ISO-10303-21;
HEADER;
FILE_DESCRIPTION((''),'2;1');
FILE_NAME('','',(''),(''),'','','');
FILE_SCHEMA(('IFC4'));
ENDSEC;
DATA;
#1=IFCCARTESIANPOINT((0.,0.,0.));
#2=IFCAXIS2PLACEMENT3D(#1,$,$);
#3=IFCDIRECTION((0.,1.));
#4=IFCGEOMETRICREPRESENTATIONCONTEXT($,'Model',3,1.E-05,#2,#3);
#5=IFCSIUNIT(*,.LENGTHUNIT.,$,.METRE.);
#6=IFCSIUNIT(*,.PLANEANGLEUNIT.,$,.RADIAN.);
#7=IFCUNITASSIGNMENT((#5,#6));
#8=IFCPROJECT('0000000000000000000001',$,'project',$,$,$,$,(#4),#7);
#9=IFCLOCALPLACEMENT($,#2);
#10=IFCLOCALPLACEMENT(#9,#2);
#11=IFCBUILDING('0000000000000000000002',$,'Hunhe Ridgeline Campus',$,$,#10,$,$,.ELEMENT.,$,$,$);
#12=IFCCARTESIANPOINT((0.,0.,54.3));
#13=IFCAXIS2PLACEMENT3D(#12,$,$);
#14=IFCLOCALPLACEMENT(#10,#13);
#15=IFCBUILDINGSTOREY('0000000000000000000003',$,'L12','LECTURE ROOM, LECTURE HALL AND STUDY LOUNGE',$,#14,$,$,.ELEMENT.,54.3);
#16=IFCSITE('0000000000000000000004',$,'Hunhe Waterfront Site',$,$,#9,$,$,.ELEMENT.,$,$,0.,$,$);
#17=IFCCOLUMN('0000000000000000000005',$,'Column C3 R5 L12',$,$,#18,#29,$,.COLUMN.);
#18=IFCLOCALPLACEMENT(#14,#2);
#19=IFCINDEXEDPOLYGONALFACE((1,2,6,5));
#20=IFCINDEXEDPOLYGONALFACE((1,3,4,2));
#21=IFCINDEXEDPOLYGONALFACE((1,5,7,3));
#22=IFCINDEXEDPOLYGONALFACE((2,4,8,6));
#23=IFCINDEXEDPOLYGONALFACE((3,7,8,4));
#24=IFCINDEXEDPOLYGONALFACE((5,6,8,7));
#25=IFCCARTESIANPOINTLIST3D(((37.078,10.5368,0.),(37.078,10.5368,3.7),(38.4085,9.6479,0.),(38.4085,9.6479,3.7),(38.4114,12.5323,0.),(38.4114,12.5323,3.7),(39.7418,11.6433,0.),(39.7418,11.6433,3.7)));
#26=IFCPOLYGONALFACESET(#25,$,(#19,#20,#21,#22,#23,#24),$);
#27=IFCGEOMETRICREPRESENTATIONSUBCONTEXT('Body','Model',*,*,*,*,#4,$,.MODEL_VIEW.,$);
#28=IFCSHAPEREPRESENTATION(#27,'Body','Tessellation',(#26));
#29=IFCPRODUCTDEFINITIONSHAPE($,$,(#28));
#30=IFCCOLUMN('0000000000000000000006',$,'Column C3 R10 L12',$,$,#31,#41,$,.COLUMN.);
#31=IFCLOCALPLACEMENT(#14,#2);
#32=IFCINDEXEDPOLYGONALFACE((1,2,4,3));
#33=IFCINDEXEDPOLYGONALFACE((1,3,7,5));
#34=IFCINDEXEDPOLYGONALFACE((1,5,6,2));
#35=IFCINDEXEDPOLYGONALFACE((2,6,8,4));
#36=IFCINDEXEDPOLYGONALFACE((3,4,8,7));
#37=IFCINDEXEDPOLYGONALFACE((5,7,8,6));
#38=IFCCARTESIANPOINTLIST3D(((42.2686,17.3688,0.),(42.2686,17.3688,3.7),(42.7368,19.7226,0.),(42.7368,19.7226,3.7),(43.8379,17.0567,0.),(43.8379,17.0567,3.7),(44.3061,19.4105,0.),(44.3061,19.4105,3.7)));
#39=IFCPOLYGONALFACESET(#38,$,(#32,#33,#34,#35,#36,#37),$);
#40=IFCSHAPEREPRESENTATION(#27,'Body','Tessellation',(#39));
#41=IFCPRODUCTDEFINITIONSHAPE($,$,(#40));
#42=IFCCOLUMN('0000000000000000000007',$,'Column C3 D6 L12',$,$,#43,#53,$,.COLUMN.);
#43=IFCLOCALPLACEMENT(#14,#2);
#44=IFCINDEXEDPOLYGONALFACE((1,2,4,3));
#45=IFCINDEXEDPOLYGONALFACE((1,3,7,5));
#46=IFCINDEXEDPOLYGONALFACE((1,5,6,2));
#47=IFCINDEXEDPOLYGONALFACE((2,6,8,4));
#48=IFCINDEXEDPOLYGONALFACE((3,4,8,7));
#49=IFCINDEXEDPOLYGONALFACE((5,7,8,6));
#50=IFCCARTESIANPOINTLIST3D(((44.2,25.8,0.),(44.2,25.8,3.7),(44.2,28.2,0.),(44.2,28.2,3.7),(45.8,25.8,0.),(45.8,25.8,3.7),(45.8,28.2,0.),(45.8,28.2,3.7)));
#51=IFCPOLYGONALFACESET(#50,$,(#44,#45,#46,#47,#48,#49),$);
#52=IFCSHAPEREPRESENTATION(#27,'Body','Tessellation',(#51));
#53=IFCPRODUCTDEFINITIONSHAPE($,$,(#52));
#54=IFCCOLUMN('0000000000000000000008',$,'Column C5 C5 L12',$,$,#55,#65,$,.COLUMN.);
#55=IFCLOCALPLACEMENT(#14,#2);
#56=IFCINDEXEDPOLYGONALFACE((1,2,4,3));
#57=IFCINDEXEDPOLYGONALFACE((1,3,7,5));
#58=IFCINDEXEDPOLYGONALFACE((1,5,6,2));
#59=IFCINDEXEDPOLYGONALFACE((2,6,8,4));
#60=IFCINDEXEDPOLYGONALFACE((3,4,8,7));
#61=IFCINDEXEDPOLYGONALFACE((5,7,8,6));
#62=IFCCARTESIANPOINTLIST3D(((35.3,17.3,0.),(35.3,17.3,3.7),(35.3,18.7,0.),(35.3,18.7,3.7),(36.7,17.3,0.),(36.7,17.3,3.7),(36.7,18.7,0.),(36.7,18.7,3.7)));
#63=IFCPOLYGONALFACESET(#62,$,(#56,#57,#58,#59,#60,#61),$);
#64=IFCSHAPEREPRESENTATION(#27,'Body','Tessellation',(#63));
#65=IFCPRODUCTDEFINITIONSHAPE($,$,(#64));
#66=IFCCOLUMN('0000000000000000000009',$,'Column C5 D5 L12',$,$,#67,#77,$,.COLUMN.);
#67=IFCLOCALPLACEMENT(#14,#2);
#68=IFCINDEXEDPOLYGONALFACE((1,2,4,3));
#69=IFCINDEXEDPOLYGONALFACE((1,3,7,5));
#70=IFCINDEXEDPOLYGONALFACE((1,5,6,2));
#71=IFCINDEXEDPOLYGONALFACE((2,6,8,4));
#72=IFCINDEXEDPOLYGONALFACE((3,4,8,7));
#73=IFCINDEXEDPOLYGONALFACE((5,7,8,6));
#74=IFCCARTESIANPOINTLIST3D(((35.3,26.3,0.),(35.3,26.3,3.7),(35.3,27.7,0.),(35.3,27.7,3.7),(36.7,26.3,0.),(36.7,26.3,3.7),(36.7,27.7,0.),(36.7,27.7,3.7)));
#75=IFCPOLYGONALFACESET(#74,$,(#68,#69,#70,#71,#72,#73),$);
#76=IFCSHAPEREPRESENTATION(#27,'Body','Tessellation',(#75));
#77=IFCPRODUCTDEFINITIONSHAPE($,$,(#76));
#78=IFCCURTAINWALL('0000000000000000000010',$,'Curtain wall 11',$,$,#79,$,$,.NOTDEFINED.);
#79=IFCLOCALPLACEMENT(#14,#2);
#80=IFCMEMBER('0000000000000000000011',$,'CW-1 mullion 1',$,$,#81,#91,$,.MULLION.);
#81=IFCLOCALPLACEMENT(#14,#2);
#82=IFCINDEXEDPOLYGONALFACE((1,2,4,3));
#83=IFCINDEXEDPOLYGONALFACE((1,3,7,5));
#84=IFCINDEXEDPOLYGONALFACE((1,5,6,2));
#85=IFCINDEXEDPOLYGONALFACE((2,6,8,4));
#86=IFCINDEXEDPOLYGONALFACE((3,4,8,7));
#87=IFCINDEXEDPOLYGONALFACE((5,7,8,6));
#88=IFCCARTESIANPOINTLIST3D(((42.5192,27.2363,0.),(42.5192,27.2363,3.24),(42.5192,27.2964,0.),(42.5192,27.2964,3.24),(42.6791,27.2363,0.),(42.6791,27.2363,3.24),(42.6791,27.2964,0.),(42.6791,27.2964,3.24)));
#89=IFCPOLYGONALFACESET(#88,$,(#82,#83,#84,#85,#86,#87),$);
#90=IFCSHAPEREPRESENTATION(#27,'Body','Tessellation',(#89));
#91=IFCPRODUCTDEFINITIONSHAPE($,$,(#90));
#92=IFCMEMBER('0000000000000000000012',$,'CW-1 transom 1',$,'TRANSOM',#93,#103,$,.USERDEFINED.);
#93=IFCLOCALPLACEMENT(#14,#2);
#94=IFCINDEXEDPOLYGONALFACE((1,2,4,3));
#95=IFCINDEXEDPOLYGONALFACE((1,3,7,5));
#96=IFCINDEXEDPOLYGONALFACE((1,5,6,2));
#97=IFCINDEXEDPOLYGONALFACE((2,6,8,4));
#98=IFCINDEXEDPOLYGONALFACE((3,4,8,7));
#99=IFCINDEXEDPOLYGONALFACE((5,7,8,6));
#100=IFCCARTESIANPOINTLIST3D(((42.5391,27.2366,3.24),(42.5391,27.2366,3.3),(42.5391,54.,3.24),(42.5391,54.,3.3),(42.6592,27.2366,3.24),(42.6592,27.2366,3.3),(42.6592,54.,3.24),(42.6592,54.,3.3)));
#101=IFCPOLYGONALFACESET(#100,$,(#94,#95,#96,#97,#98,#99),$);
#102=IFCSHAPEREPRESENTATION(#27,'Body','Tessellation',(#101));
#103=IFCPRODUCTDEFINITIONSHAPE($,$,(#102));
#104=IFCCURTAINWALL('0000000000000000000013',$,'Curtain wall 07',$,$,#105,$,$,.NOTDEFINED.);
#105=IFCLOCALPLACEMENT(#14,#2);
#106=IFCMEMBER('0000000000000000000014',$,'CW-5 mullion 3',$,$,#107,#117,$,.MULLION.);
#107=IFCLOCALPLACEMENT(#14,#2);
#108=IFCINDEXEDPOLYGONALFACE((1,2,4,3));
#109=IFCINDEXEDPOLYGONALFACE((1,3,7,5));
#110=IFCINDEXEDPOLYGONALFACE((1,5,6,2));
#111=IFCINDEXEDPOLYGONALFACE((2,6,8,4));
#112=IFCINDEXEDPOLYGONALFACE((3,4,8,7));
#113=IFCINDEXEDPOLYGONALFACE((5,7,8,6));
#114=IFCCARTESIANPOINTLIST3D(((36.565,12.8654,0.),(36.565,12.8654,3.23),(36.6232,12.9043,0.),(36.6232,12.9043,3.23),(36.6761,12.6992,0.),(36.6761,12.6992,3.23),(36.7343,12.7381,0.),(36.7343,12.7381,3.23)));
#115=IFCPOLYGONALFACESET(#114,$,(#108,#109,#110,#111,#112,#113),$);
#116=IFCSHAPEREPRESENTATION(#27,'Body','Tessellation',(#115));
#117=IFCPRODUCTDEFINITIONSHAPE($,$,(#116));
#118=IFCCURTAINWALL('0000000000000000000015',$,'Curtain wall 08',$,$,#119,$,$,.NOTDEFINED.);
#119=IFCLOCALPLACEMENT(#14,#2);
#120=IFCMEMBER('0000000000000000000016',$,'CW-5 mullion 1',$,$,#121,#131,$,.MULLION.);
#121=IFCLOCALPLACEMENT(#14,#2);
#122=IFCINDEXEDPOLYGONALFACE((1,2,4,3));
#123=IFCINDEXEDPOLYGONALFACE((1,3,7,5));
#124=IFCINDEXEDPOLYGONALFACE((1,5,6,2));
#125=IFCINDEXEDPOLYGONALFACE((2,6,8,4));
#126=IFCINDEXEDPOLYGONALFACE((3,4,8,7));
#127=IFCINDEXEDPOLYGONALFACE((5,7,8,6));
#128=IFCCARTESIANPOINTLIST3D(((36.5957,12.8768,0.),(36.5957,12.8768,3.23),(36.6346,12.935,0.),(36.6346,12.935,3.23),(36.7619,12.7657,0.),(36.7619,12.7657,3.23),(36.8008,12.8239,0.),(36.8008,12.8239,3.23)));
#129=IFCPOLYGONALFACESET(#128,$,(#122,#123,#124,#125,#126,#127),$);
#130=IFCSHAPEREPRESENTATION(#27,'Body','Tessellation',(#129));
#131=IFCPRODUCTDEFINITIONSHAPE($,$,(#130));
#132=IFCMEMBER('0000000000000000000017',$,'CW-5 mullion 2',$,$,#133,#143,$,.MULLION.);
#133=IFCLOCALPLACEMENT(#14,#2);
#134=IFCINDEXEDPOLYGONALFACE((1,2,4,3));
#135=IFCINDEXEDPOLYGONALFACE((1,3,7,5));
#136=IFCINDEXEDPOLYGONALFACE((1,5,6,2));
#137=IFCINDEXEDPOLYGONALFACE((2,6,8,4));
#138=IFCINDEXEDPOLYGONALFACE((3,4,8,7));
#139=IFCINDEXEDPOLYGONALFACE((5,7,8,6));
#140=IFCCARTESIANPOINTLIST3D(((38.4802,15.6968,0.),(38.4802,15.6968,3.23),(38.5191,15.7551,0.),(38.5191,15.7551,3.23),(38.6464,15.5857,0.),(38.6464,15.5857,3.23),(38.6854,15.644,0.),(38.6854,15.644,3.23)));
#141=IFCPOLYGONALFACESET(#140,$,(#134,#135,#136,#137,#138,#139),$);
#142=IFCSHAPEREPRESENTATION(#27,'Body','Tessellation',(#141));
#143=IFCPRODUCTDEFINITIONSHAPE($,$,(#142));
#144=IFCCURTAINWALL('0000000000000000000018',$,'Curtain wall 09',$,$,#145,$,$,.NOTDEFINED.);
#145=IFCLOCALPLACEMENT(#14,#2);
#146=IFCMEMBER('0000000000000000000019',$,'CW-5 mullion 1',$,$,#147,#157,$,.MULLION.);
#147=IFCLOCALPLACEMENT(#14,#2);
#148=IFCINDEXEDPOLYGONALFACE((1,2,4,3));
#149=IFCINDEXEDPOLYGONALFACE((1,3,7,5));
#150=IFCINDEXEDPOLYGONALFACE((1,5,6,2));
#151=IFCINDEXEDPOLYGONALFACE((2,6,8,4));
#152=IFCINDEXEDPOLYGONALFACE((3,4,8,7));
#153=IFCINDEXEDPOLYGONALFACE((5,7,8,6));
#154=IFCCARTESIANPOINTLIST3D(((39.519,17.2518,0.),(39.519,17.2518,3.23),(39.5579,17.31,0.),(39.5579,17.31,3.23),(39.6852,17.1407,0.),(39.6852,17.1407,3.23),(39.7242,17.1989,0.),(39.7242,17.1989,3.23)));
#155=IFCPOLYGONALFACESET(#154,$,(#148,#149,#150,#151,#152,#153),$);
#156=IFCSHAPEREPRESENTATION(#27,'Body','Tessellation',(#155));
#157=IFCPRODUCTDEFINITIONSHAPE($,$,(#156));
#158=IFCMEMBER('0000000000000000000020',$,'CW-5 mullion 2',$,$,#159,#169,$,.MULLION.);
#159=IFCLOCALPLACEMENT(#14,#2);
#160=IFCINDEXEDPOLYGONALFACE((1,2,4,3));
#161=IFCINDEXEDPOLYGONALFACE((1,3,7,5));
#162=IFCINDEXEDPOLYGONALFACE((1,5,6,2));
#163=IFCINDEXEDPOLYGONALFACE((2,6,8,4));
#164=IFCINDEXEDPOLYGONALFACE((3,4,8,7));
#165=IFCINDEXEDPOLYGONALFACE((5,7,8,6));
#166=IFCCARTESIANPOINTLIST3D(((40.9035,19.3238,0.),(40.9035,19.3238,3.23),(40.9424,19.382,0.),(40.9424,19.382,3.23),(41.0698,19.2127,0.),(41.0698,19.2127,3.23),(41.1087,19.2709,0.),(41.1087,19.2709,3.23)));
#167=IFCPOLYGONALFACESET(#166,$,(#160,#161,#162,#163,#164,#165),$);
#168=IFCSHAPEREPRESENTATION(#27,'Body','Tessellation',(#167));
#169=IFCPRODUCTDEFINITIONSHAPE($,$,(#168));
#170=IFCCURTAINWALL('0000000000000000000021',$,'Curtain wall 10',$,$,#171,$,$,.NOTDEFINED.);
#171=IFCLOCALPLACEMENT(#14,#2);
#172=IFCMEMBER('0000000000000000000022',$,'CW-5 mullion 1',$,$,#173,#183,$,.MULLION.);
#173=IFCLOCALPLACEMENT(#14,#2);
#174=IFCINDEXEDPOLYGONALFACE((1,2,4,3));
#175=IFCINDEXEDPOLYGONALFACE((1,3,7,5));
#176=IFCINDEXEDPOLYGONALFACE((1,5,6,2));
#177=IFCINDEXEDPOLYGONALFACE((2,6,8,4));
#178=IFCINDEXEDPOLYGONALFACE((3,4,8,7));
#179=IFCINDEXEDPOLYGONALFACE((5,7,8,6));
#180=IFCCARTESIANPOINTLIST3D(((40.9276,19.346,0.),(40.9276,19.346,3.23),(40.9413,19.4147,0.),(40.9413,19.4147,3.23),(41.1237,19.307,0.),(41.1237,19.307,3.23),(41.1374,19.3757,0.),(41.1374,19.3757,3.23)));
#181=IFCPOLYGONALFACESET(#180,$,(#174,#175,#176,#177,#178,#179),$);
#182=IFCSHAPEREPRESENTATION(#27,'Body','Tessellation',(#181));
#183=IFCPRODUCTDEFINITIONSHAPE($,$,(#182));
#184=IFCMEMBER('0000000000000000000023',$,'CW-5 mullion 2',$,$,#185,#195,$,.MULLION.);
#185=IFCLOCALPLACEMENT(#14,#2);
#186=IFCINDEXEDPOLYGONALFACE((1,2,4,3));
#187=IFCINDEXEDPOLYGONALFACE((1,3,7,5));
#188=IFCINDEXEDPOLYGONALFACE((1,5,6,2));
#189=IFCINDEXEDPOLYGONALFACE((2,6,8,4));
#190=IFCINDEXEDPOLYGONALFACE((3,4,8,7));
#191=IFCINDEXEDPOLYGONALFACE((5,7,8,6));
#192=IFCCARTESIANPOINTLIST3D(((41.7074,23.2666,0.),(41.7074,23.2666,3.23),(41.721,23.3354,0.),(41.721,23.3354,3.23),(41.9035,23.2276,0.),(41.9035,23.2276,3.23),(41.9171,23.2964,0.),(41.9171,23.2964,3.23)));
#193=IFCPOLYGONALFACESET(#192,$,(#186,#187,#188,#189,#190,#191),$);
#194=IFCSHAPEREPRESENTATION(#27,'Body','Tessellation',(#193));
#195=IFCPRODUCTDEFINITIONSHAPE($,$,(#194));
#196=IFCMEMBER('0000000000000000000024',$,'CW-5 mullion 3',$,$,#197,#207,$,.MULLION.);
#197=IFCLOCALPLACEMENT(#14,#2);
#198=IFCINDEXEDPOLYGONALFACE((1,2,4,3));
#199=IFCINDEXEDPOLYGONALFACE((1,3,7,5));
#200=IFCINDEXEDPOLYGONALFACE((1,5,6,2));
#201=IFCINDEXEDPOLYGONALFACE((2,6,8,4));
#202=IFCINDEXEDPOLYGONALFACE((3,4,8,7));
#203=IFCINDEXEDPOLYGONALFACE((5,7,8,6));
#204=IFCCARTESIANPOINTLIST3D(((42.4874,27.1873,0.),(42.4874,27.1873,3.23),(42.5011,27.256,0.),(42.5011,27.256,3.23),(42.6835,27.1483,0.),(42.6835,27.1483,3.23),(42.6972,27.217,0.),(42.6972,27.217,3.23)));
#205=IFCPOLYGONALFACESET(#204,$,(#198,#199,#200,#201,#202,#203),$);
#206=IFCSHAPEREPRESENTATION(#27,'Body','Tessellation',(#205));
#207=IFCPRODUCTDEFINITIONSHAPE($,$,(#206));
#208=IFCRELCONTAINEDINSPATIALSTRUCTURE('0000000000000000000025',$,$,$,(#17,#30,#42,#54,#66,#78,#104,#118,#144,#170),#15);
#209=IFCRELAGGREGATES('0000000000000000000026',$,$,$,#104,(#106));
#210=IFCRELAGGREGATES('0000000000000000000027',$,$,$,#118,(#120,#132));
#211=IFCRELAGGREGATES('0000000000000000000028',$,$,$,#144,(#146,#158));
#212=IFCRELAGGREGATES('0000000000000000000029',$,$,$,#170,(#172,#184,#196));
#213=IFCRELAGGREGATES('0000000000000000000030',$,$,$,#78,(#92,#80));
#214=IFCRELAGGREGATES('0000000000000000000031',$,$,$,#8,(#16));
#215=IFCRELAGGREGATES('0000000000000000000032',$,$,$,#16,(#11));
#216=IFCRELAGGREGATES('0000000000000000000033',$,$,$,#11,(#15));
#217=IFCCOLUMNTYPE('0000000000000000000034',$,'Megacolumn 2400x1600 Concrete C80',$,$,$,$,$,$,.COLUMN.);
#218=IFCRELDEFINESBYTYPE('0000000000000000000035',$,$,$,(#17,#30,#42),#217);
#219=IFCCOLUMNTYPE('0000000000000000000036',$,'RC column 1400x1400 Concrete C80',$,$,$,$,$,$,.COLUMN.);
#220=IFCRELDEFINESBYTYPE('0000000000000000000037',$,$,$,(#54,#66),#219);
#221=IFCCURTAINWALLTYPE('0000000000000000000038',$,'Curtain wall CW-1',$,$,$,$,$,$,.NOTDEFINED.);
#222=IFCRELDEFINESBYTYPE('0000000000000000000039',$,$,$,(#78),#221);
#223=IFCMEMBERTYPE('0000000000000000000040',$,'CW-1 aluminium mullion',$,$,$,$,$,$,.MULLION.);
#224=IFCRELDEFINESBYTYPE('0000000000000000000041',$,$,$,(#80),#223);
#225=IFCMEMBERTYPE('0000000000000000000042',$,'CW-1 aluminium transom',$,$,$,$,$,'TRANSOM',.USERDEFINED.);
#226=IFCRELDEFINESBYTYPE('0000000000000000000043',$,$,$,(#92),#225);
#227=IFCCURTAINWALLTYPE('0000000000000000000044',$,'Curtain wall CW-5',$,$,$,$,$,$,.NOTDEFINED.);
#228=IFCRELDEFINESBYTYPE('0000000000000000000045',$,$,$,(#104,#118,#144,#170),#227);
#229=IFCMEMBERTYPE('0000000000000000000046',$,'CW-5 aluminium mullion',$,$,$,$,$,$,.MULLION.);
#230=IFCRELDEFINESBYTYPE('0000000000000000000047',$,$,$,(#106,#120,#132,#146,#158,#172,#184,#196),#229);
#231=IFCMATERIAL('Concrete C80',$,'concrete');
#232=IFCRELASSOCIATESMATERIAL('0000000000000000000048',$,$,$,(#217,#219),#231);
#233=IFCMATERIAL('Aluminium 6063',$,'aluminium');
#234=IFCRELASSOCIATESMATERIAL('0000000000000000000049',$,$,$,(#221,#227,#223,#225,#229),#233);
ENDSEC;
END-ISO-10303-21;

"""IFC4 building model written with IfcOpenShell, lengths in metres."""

from ifc_helpers import new_model, si_unit, direction, frame, origin, origin_2d, place, context, subcontext, project, spatial, rectangle, extrude, material, material_profile, profile_set, type_object, element, aggregate, save


model = new_model("IFC4")

# Units and contexts
model_context = context("Model", 3, precision=1e-05, world=origin(), true_north=direction((0.0, 1.0)))
body_context = subcontext(model_context, "Body", "Model", "MODEL_VIEW")
ifc_project = project(units=[si_unit("LENGTHUNIT", "METRE"), si_unit("PLANEANGLEUNIT", "RADIAN")], contexts=[model_context])

# Site, building, storey
site_placement = place(None, origin())
site = spatial("IfcSite", under=ifc_project, at=site_placement, Name="Hunhe Waterfront Site", CompositionType="ELEMENT", RefElevation=0.0)
building_placement = place(site_placement, origin())
building = spatial("IfcBuilding", under=site, at=building_placement, Name="Hunhe Ridgeline Campus", CompositionType="ELEMENT")
storey_placement = place(building_placement, frame((0.0, 0.0, 54.3)))
storey = spatial("IfcBuildingStorey", under=building, at=storey_placement, Name="L12", Description="LECTURE ROOM, LECTURE HALL AND STUDY LOUNGE", CompositionType="ELEMENT", Elevation=54.3)

# Columns
ifc_material_1 = material(Name="Concrete C80", Category="concrete")
ifc_material_profile_1 = material_profile(ifc_material_1, rectangle(XDim=2.3999, YDim=1.6001, at=origin_2d()))
ifc_profile_set_1 = profile_set([ifc_material_profile_1], Name="Concrete C80")
column_type_1 = type_object("IfcColumnType", Name="Megacolumn 2400x1600 Concrete C80", PredefinedType="COLUMN", material=ifc_profile_set_1)
for number, where, z_axis, x_axis, name in (
    (1, (38.4099, 11.0901, 0.0), (0.0, 0.0, 1.0), (0.55557, 0.83147, 0.0), "Column C3 R5 L12"),
    (2, (43.2874, 18.3896, 0.0), (0.0, 0.0, 1.0), (0.19509, 0.980785, 0.0), "Column C3 R10 L12"),
    (3, (45.0, 27.0, 0.0), (0.0, 0.0, 1.0), (0.0, 1.0, 0.0), "Column C3 D6 L12"),
):
    element("IfcColumn", number, at=place(storey_placement, frame(where, z_axis=z_axis, x_axis=x_axis)), inside=storey, type_object=column_type_1, Name=name, PredefinedType="COLUMN", context=body_context, shape_type="SweptSolid", body=[
        extrude(rectangle(XDim=2.3999, YDim=1.6001, at=origin_2d()), origin(), (0.0, 0.0, 1.0), 3.7),
    ])
ifc_material_profile_2 = material_profile(ifc_material_1, rectangle(XDim=1.3999, YDim=1.3999, at=origin_2d()))
ifc_profile_set_2 = profile_set([ifc_material_profile_2], Name="Concrete C80")
column_type_2 = type_object("IfcColumnType", Name="RC column 1400x1400 Concrete C80", PredefinedType="COLUMN", material=ifc_profile_set_2)
for number, where, z_axis, x_axis, name in (
    (4, (36.0, 18.0, 0.0), (0.0, 0.0, 1.0), (1.0, 0.0, 0.0), "Column C5 C5 L12"),
    (5, (36.0, 27.0, 0.0), (0.0, 0.0, 1.0), (1.0, 0.0, 0.0), "Column C5 D5 L12"),
):
    element("IfcColumn", number, at=place(storey_placement, frame(where, z_axis=z_axis, x_axis=x_axis)), inside=storey, type_object=column_type_2, Name=name, PredefinedType="COLUMN", context=body_context, shape_type="SweptSolid", body=[
        extrude(rectangle(XDim=1.3999, YDim=1.3999, at=origin_2d()), origin(), (0.0, 0.0, 1.0), 3.7),
    ])

# Curtain wall, members
ifc_material_2 = material(Name="Aluminium 6063", Category="aluminium")
curtain_wall_type_1 = type_object("IfcCurtainWallType", Name="Curtain wall CW-1", PredefinedType="NOTDEFINED", material=ifc_material_2)
curtain_wall_1_placement = place(storey_placement, origin())
curtain_wall_1 = element("IfcCurtainWall", 6, at=curtain_wall_1_placement, inside=storey, type_object=curtain_wall_type_1, Name="Curtain wall 11", PredefinedType="NOTDEFINED")
ifc_material_profile_3 = material_profile(ifc_material_2, rectangle(XDim=0.1599, YDim=0.0601, at=origin_2d()))
ifc_profile_set_3 = profile_set([ifc_material_profile_3], Name="Aluminium 6063")
member_type_1 = type_object("IfcMemberType", Name="CW-1 aluminium mullion", PredefinedType="MULLION", material=ifc_profile_set_3)
member_1_placement = place(storey_placement, frame((42.5991, 27.2664, 0.0), z_axis=(0.0, 0.0, 1.0), x_axis=(-1.0, 0.0, 0.0)))
member_1 = element("IfcMember", 7, at=member_1_placement, type_object=member_type_1, Name="CW-1 mullion 1", PredefinedType="MULLION", context=body_context, shape_type="SweptSolid", body=[
    extrude(rectangle(XDim=0.1599, YDim=0.0601, at=origin_2d()), origin(), (0.0, 0.0, 1.0), 3.24),
])
ifc_material_profile_4 = material_profile(ifc_material_2, rectangle(XDim=0.1201, YDim=0.0601, at=origin_2d()))
ifc_profile_set_4 = profile_set([ifc_material_profile_4], Name="Aluminium 6063")
member_type_2 = type_object("IfcMemberType", Name="CW-1 aluminium transom", ElementType="TRANSOM", PredefinedType="USERDEFINED", material=ifc_profile_set_4)
member_2_placement = place(storey_placement, frame((42.5991, 27.2366, 3.27), z_axis=(0.0, 1.0, 0.0), x_axis=(-1.0, 0.0, 0.0)))
member_2 = element("IfcMember", 8, at=member_2_placement, type_object=member_type_2, Name="CW-1 transom 1", ObjectType="TRANSOM", PredefinedType="USERDEFINED", context=body_context, shape_type="SweptSolid", body=[
    extrude(rectangle(XDim=0.1201, YDim=0.0601, at=origin_2d()), origin(), (0.0, 0.0, 1.0), 26.7634),
])

# Curtain wall, member
curtain_wall_type_2 = type_object("IfcCurtainWallType", Name="Curtain wall CW-5", PredefinedType="NOTDEFINED", material=ifc_material_2)
curtain_wall_2_placement = place(storey_placement, origin())
curtain_wall_2 = element("IfcCurtainWall", 9, at=curtain_wall_2_placement, inside=storey, type_object=curtain_wall_type_2, Name="Curtain wall 07", PredefinedType="NOTDEFINED")
ifc_material_profile_5 = material_profile(ifc_material_2, rectangle(XDim=0.2, YDim=0.0701, at=origin_2d()))
ifc_profile_set_5 = profile_set([ifc_material_profile_5], Name="Aluminium 6063")
member_type_3 = type_object("IfcMemberType", Name="CW-5 aluminium mullion", PredefinedType="MULLION", material=ifc_profile_set_5)
member_3_placement = place(storey_placement, frame((36.6497, 12.8018, 0.0), z_axis=(0.0, 0.0, 1.0), x_axis=(-0.55557, 0.83147, 0.0)))
member_3 = element("IfcMember", 10, at=member_3_placement, type_object=member_type_3, Name="CW-5 mullion 3", PredefinedType="MULLION", context=body_context, shape_type="SweptSolid", body=[
    extrude(rectangle(XDim=0.2, YDim=0.0701, at=origin_2d()), origin(), (0.0, 0.0, 1.0), 3.23),
])
aggregate(curtain_wall_2, [member_3])

# Curtain walls, members
curtain_wall_3_placement = place(storey_placement, origin())
curtain_wall_3 = element("IfcCurtainWall", 11, at=curtain_wall_3_placement, inside=storey, type_object=curtain_wall_type_2, Name="Curtain wall 08", PredefinedType="NOTDEFINED")
member_4_placement = place(storey_placement, frame((36.6982, 12.8503, 0.0), z_axis=(0.0, 0.0, 1.0), x_axis=(-0.83147, 0.55557, 0.0)))
member_4 = element("IfcMember", 12, at=member_4_placement, type_object=member_type_3, Name="CW-5 mullion 1", PredefinedType="MULLION", context=body_context, shape_type="SweptSolid", body=[
    extrude(rectangle(XDim=0.2, YDim=0.0701, at=origin_2d()), origin(), (0.0, 0.0, 1.0), 3.23),
])
member_5_placement = place(storey_placement, frame((38.5828, 15.6704, 0.0), z_axis=(0.0, 0.0, 1.0), x_axis=(-0.83147, 0.55557, 0.0)))
member_5 = element("IfcMember", 13, at=member_5_placement, type_object=member_type_3, Name="CW-5 mullion 2", PredefinedType="MULLION", context=body_context, shape_type="SweptSolid", body=[
    extrude(rectangle(XDim=0.2, YDim=0.0701, at=origin_2d()), origin(), (0.0, 0.0, 1.0), 3.23),
])
curtain_wall_4_placement = place(storey_placement, origin())
curtain_wall_4 = element("IfcCurtainWall", 14, at=curtain_wall_4_placement, inside=storey, type_object=curtain_wall_type_2, Name="Curtain wall 09", PredefinedType="NOTDEFINED")
member_6_placement = place(storey_placement, frame((39.6216, 17.2253, 0.0), z_axis=(0.0, 0.0, 1.0), x_axis=(-0.83147, 0.55557, 0.0)))
member_6 = element("IfcMember", 15, at=member_6_placement, type_object=member_type_3, Name="CW-5 mullion 1", PredefinedType="MULLION", context=body_context, shape_type="SweptSolid", body=[
    extrude(rectangle(XDim=0.2, YDim=0.0701, at=origin_2d()), origin(), (0.0, 0.0, 1.0), 3.23),
])
member_7_placement = place(storey_placement, frame((41.0061, 19.2974, 0.0), z_axis=(0.0, 0.0, 1.0), x_axis=(-0.83147, 0.55557, 0.0)))
member_7 = element("IfcMember", 16, at=member_7_placement, type_object=member_type_3, Name="CW-5 mullion 2", PredefinedType="MULLION", context=body_context, shape_type="SweptSolid", body=[
    extrude(rectangle(XDim=0.2, YDim=0.0701, at=origin_2d()), origin(), (0.0, 0.0, 1.0), 3.23),
])
curtain_wall_5_placement = place(storey_placement, origin())
curtain_wall_5 = element("IfcCurtainWall", 17, at=curtain_wall_5_placement, inside=storey, type_object=curtain_wall_type_2, Name="Curtain wall 10", PredefinedType="NOTDEFINED")
member_8_placement = place(storey_placement, frame((41.0325, 19.3608, 0.0), z_axis=(0.0, 0.0, 1.0), x_axis=(-0.980785, 0.19509, 0.0)))
member_8 = element("IfcMember", 18, at=member_8_placement, type_object=member_type_3, Name="CW-5 mullion 1", PredefinedType="MULLION", context=body_context, shape_type="SweptSolid", body=[
    extrude(rectangle(XDim=0.2, YDim=0.0701, at=origin_2d()), origin(), (0.0, 0.0, 1.0), 3.23),
])
member_9_placement = place(storey_placement, frame((41.8123, 23.2815, 0.0), z_axis=(0.0, 0.0, 1.0), x_axis=(-0.980785, 0.19509, 0.0)))
member_9 = element("IfcMember", 19, at=member_9_placement, type_object=member_type_3, Name="CW-5 mullion 2", PredefinedType="MULLION", context=body_context, shape_type="SweptSolid", body=[
    extrude(rectangle(XDim=0.2, YDim=0.0701, at=origin_2d()), origin(), (0.0, 0.0, 1.0), 3.23),
])
member_10_placement = place(storey_placement, frame((42.5923, 27.2021, 0.0), z_axis=(0.0, 0.0, 1.0), x_axis=(-0.980785, 0.19509, 0.0)))
member_10 = element("IfcMember", 20, at=member_10_placement, type_object=member_type_3, Name="CW-5 mullion 3", PredefinedType="MULLION", context=body_context, shape_type="SweptSolid", body=[
    extrude(rectangle(XDim=0.2, YDim=0.0701, at=origin_2d()), origin(), (0.0, 0.0, 1.0), 3.23),
])

aggregate(curtain_wall_3, [member_4, member_5])
aggregate(curtain_wall_4, [member_6, member_7])
aggregate(curtain_wall_5, [member_8, member_9, member_10])
aggregate(curtain_wall_1, [member_2, member_1])

save(model, "model.ifc")
